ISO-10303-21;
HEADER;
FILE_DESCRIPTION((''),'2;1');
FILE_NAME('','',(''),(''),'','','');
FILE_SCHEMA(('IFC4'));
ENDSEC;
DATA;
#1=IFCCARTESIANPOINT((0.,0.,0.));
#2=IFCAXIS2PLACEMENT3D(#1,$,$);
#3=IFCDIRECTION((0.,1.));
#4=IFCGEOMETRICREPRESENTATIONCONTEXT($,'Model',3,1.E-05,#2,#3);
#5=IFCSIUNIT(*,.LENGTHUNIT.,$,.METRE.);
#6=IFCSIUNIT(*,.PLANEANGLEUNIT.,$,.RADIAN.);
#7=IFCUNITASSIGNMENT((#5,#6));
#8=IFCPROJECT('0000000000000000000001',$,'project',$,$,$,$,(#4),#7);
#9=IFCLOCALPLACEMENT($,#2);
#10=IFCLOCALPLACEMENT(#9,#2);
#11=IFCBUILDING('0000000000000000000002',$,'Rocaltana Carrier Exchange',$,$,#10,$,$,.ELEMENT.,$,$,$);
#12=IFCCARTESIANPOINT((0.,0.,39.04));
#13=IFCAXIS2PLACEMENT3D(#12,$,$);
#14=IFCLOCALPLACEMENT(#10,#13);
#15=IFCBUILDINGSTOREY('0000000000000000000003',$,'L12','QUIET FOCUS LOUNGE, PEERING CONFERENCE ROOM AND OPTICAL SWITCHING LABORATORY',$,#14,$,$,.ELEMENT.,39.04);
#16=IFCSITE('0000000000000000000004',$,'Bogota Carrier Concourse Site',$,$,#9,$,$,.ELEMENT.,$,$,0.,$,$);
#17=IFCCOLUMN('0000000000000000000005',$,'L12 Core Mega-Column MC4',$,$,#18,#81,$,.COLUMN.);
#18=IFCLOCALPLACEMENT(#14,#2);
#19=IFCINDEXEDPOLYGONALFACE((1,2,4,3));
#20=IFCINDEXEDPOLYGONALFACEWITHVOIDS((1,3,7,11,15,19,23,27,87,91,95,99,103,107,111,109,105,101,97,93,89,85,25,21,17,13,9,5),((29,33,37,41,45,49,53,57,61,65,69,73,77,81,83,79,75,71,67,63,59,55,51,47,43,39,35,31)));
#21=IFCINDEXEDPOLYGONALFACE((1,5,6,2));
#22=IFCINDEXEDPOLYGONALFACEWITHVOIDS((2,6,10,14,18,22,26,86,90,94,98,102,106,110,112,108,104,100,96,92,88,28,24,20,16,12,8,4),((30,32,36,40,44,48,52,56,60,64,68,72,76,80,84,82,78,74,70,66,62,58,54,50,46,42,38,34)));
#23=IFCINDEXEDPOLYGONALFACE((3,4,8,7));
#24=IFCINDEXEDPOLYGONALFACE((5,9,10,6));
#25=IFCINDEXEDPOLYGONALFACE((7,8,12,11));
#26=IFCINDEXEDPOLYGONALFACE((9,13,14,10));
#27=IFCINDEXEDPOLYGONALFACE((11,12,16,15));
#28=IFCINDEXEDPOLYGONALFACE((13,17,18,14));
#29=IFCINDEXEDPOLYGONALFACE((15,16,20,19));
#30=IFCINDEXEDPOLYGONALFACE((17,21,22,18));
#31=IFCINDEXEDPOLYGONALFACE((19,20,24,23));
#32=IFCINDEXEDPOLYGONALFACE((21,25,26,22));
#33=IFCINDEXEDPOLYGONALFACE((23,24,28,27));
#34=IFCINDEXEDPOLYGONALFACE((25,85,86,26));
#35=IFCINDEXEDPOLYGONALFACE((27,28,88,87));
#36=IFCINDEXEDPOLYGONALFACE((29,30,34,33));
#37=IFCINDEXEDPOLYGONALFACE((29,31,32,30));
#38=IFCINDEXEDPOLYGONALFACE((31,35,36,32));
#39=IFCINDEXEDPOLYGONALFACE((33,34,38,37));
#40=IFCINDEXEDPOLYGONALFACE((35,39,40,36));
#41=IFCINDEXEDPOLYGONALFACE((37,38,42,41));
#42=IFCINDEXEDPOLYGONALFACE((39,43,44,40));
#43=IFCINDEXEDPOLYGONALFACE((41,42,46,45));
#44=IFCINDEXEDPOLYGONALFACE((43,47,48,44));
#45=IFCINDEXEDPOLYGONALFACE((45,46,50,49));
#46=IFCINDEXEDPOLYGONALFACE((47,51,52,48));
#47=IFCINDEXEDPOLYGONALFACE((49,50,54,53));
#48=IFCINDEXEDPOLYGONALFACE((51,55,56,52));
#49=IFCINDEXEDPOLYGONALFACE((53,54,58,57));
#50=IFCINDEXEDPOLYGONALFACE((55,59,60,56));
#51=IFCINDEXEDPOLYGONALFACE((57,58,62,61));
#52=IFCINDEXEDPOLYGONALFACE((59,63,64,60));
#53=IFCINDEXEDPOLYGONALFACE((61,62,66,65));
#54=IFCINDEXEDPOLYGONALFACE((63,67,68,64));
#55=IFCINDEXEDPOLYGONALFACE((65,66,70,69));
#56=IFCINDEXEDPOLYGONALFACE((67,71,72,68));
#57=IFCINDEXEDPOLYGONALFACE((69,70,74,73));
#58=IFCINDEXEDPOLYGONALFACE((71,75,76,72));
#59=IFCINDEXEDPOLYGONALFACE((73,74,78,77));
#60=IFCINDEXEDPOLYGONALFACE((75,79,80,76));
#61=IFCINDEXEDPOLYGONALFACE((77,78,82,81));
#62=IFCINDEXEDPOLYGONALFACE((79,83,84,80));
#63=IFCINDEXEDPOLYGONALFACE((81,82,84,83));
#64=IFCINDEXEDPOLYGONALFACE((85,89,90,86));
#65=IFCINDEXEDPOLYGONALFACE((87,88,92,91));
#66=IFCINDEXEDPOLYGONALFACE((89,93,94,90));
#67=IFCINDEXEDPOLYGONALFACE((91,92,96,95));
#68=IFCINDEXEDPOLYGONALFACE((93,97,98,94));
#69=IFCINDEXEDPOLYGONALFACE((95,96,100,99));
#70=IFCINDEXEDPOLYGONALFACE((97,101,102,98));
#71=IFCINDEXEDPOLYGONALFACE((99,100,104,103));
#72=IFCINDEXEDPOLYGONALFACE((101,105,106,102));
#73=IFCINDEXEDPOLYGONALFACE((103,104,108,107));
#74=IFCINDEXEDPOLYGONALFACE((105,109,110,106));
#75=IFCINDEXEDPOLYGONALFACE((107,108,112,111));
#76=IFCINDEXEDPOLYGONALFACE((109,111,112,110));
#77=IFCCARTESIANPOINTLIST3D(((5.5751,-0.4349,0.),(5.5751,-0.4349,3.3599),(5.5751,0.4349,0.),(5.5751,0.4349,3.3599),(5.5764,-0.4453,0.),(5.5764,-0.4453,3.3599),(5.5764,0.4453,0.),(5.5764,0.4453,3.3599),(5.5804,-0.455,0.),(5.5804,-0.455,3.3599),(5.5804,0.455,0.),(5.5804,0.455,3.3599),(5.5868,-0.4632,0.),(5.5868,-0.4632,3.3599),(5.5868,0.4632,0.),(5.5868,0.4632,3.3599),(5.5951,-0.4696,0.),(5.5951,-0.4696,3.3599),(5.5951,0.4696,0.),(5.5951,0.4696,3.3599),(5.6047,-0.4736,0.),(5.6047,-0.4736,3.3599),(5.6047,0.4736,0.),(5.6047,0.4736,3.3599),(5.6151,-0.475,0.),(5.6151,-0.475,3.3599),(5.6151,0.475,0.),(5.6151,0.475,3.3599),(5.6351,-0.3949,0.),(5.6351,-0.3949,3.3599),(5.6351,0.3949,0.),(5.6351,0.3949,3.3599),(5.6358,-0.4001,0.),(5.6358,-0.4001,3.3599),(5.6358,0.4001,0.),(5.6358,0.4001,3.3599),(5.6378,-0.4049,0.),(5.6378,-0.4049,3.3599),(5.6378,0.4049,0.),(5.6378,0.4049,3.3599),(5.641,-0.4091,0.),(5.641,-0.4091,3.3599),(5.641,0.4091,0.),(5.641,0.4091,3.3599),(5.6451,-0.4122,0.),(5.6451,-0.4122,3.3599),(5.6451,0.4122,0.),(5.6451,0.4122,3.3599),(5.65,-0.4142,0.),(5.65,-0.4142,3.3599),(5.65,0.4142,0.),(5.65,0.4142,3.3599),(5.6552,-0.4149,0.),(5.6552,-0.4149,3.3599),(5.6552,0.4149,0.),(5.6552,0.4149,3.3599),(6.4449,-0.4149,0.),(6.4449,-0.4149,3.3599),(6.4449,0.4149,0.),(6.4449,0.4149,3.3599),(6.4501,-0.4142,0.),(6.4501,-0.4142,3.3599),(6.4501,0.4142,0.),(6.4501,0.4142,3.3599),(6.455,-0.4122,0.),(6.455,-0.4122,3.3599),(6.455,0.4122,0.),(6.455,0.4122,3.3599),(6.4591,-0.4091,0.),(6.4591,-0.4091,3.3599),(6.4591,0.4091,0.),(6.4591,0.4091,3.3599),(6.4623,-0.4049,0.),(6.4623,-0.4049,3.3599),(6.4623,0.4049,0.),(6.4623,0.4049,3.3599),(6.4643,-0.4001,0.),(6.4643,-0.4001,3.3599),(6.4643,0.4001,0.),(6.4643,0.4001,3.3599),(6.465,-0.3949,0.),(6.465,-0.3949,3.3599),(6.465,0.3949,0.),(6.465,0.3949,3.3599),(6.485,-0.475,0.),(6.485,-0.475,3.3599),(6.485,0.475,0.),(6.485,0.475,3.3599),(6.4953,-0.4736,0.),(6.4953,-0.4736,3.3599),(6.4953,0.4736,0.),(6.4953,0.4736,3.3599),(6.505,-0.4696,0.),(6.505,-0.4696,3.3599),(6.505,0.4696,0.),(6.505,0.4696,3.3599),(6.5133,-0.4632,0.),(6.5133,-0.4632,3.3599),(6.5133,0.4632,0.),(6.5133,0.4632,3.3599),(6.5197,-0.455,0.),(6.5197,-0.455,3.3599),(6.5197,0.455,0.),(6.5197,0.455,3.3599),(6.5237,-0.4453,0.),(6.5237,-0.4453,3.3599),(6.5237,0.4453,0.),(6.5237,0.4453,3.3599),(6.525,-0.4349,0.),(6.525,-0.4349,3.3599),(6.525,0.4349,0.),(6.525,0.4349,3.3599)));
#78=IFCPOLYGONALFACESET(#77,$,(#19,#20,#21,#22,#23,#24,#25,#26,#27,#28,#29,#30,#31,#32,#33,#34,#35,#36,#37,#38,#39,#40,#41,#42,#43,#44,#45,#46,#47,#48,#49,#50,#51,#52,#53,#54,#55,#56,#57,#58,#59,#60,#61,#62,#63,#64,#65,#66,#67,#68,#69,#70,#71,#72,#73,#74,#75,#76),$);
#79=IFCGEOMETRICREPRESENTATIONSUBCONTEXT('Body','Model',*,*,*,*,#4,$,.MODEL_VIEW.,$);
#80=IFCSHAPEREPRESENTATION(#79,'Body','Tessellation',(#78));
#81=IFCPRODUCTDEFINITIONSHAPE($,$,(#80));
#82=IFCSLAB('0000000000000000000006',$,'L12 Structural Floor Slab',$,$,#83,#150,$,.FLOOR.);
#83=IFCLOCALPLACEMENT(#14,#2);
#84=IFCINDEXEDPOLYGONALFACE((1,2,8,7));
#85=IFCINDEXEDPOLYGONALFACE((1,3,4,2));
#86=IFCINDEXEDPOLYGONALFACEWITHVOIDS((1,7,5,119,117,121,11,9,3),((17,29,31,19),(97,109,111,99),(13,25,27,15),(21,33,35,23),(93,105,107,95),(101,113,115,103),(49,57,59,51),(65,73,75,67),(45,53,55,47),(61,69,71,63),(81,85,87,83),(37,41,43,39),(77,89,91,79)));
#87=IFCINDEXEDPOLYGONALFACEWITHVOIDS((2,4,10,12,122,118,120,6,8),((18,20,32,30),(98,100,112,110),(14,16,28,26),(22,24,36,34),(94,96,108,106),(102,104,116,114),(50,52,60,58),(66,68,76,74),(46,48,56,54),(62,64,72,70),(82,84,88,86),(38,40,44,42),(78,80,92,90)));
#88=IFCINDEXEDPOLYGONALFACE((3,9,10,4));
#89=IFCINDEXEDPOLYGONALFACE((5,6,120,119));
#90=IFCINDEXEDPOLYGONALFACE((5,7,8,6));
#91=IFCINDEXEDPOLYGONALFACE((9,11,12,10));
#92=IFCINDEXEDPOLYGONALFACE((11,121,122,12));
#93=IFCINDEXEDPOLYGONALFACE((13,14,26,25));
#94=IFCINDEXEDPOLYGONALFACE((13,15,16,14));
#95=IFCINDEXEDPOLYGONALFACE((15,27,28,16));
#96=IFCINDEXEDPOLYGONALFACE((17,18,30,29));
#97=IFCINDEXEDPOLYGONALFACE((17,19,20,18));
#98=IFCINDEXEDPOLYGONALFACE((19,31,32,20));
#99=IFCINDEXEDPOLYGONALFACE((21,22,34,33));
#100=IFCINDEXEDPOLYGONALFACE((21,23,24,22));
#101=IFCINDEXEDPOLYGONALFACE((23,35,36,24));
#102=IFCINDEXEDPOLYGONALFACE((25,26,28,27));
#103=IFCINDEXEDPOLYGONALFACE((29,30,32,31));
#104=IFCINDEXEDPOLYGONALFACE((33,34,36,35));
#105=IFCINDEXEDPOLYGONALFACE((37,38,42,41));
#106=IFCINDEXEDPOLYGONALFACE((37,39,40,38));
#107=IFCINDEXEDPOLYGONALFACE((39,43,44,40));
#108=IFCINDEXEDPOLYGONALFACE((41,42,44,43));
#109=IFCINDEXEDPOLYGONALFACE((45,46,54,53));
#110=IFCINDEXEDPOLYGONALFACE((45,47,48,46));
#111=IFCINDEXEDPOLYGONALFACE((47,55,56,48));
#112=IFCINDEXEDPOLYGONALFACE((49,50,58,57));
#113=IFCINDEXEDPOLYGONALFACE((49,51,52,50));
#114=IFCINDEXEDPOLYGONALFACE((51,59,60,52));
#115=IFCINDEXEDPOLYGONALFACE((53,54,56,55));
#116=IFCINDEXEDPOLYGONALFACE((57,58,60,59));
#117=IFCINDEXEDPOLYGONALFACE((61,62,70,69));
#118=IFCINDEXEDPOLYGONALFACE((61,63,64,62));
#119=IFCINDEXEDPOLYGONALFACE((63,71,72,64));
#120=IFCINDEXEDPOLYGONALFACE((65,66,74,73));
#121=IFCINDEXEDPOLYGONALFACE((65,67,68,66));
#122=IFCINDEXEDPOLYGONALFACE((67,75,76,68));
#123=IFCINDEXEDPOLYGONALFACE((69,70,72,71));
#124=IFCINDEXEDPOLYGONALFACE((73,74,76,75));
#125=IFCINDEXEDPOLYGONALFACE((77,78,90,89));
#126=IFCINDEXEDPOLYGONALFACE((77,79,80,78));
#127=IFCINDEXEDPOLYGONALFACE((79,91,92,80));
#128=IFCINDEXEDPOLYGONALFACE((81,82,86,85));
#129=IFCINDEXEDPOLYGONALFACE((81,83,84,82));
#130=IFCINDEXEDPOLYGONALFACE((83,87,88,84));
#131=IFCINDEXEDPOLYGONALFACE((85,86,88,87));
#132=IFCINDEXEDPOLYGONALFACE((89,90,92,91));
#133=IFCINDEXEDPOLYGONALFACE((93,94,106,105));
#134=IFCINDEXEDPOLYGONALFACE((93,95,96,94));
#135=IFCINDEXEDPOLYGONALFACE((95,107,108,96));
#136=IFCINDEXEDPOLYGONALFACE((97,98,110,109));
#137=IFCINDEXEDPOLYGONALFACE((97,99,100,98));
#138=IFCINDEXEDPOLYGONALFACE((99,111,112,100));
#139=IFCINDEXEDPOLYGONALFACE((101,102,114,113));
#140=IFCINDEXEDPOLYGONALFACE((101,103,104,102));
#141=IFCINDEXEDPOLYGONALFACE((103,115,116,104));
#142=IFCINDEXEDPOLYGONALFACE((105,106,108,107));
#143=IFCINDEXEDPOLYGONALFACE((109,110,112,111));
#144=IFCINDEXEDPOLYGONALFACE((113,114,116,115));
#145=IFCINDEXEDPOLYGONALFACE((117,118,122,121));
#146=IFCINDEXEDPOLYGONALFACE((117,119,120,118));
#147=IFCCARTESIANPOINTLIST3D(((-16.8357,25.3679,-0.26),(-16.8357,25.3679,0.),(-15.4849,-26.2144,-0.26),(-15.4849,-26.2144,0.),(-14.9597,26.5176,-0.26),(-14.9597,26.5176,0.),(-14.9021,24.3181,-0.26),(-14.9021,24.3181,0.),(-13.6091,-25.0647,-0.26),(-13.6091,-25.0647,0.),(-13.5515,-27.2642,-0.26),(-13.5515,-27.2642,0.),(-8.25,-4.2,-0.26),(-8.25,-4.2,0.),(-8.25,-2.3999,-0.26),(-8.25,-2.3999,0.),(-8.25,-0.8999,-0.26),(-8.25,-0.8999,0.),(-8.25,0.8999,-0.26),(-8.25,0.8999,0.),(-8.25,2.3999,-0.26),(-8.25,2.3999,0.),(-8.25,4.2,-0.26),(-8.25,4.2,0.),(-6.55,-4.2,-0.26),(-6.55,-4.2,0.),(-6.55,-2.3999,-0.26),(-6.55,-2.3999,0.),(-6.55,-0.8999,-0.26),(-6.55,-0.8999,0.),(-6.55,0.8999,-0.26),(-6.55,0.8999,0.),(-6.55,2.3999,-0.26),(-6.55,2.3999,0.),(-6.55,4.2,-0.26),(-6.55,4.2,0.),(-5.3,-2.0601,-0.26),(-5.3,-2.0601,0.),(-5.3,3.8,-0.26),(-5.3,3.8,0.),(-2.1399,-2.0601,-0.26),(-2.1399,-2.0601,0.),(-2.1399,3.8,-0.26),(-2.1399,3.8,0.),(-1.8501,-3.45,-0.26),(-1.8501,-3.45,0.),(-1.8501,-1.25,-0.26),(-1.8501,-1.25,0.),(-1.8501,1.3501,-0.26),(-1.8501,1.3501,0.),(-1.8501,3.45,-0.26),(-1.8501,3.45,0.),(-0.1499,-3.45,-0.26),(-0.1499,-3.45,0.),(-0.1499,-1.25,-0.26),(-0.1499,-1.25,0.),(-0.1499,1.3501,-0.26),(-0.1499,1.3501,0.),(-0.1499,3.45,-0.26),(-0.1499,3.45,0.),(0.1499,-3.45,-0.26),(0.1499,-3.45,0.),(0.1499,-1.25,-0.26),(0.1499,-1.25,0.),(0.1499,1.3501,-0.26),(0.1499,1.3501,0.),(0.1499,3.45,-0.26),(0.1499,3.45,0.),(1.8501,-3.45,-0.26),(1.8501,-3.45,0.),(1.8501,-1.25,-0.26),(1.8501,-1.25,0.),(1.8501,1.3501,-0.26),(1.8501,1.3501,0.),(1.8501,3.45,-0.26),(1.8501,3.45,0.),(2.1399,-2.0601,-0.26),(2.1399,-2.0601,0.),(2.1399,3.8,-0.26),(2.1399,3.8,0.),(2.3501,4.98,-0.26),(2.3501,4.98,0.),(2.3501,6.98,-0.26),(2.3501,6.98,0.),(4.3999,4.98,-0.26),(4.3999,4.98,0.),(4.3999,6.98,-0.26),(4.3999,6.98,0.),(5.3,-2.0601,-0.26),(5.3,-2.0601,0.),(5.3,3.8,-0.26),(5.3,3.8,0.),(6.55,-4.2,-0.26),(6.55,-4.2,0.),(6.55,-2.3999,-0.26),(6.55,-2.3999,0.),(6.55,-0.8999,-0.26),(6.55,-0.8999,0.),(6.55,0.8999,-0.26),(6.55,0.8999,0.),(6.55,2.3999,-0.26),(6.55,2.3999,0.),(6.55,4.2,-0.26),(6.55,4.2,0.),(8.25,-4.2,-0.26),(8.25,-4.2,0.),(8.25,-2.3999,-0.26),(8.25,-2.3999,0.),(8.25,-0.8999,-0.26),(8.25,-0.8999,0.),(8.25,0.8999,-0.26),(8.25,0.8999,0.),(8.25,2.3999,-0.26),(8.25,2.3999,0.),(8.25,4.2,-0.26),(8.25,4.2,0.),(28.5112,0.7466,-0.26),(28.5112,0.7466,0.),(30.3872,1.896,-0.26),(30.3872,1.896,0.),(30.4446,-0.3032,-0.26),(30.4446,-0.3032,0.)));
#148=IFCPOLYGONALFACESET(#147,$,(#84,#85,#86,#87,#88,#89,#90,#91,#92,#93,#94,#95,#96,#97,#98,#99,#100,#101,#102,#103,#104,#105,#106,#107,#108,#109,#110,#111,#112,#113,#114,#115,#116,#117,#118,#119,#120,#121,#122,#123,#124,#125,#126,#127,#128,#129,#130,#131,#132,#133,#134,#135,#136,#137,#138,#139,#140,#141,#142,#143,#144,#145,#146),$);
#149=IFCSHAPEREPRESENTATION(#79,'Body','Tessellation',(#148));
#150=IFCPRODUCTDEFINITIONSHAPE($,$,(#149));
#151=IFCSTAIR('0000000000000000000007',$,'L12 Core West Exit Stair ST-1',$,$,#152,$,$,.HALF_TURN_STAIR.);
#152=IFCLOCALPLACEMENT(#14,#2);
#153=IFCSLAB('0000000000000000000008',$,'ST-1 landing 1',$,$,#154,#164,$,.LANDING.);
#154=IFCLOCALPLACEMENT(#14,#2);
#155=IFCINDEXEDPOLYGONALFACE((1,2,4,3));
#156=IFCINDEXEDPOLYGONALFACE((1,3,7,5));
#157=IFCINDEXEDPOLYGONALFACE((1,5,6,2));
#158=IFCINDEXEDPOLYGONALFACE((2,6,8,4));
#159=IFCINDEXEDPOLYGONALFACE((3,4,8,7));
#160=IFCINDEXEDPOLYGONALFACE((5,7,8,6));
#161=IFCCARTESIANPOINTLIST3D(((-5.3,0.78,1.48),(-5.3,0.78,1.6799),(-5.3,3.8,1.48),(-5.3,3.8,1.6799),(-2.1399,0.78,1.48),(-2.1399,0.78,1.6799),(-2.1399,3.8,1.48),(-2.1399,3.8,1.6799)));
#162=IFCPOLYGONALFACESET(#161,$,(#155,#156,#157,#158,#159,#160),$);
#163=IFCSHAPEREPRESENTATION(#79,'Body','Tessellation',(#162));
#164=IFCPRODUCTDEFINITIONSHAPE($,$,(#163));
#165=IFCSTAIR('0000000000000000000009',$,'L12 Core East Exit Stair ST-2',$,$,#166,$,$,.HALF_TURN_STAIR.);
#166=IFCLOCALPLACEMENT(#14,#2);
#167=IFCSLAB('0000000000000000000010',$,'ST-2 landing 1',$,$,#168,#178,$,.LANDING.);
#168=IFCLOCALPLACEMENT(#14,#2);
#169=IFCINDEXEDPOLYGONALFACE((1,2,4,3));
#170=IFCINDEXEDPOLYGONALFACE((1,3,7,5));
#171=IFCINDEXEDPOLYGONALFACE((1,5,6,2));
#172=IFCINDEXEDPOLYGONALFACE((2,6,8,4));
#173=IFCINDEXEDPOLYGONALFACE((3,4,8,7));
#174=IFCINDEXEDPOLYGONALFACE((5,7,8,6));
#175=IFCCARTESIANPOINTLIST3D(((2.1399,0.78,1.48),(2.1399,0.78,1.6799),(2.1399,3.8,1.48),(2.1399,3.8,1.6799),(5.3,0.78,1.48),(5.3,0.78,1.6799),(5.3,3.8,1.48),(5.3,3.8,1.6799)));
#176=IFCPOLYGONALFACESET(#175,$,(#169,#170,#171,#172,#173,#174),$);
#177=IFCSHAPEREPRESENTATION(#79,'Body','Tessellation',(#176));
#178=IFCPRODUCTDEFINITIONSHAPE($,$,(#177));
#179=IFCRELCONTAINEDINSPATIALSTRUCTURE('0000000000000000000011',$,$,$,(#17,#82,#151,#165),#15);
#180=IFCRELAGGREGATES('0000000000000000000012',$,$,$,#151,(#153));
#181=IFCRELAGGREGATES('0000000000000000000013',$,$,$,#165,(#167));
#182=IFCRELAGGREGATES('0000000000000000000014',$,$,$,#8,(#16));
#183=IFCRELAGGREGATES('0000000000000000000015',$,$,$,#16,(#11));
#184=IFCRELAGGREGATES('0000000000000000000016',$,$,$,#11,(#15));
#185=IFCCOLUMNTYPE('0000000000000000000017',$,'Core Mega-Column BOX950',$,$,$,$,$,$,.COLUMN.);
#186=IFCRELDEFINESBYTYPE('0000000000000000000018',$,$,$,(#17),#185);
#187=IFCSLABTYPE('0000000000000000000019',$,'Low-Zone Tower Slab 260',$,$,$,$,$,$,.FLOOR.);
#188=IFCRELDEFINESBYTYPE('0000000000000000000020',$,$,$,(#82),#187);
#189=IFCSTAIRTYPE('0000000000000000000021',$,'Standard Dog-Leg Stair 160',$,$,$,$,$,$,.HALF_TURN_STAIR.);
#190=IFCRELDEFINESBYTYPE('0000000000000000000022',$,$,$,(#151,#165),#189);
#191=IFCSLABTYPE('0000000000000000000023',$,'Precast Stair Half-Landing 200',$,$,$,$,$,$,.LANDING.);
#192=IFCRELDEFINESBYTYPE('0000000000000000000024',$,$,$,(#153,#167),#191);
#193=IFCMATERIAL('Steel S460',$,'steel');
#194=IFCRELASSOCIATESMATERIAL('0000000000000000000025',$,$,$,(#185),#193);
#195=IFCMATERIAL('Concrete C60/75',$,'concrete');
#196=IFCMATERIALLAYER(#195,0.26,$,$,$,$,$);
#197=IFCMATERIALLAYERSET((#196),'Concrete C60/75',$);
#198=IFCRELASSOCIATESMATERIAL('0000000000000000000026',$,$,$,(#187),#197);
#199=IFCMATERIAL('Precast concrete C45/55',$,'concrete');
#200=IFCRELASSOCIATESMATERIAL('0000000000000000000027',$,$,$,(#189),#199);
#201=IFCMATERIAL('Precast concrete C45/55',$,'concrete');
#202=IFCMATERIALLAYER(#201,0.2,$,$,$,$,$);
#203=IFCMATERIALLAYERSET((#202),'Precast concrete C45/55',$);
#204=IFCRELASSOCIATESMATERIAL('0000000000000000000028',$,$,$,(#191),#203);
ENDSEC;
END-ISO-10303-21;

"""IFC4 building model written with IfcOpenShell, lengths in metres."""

from ifc_helpers import new_model, si_unit, direction, frame, origin, origin_2d, place, context, subcontext, project, spatial, polyline, hollow_rectangle, outline, extrude, material, layer, layer_set, material_profile, profile_set, type_object, element, aggregate, save


model = new_model("IFC4")

# Units and contexts
model_context = context("Model", 3, precision=1e-05, world=origin(), true_north=direction((0.0, 1.0)))
body_context = subcontext(model_context, "Body", "Model", "MODEL_VIEW")
ifc_project = project(units=[si_unit("LENGTHUNIT", "METRE"), si_unit("PLANEANGLEUNIT", "RADIAN")], contexts=[model_context])

# Site, building, storey
site_placement = place(None, origin())
site = spatial("IfcSite", under=ifc_project, at=site_placement, Name="Bogota Carrier Concourse Site", CompositionType="ELEMENT", RefElevation=0.0)
building_placement = place(site_placement, origin())
building = spatial("IfcBuilding", under=site, at=building_placement, Name="Rocaltana Carrier Exchange", CompositionType="ELEMENT")
storey_placement = place(building_placement, frame((0.0, 0.0, 39.04)))
storey = spatial("IfcBuildingStorey", under=building, at=storey_placement, Name="L12", Description="QUIET FOCUS LOUNGE, PEERING CONFERENCE ROOM AND OPTICAL SWITCHING LABORATORY", CompositionType="ELEMENT", Elevation=39.04)

# Column
ifc_material_1 = material(Name="Steel S460", Category="steel")
ifc_material_profile = material_profile(ifc_material_1, hollow_rectangle(XDim=0.95, YDim=0.95, WallThickness=0.0601, InnerFilletRadius=0.02, OuterFilletRadius=0.04, at=origin_2d()), Name="BOX950X950X60")
ifc_profile_set = profile_set([ifc_material_profile], Name="Steel S460")
column_type = type_object("IfcColumnType", Name="Core Mega-Column BOX950", PredefinedType="COLUMN", material=ifc_profile_set)
column_placement = place(storey_placement, frame((6.05, 0.0, 0.0), z_axis=(0.0, 0.0, 1.0), x_axis=(1.0, 0.0, 0.0)))
element("IfcColumn", 1, at=column_placement, inside=storey, type_object=column_type, Name="L12 Core Mega-Column MC4", PredefinedType="COLUMN", context=body_context, shape_type="SweptSolid", body=[
    extrude(hollow_rectangle(XDim=0.95, YDim=0.95, WallThickness=0.0601, InnerFilletRadius=0.02, OuterFilletRadius=0.04, at=origin_2d()), origin(), (0.0, 0.0, 1.0), 3.3599),
])

# Slab
ifc_material_2 = material(Name="Concrete C60/75", Category="concrete")
ifc_layer_1 = layer(ifc_material_2, 0.26)
ifc_layer_set_1 = layer_set([ifc_layer_1], Name="Concrete C60/75")
slab_type_1 = type_object("IfcSlabType", Name="Low-Zone Tower Slab 260", PredefinedType="FLOOR", material=ifc_layer_set_1)
slab_1_placement = place(storey_placement, frame((0.0, 0.0, -0.26)))
element("IfcSlab", 2, at=slab_1_placement, inside=storey, type_object=slab_type_1, Name="L12 Structural Floor Slab", PredefinedType="FLOOR", context=body_context, shape_type="SweptSolid", body=[
    extrude(outline(polyline([(30.4446, -0.3032), (28.5112, 0.7466), (30.3872, 1.896), (-14.9597, 26.5176), (-14.9021, 24.3181), (-16.8357, 25.3679), (-15.4849, -26.2144), (-13.6091, -25.0647), (-13.5515, -27.2642), (30.4446, -0.3032)]), holes=[polyline([(-5.3, -2.0601), (-2.1399, -2.0601), (-2.1399, 3.8), (-5.3, 3.8), (-5.3, -2.0601)]), polyline([(2.1399, -2.0601), (5.3, -2.0601), (5.3, 3.8), (2.1399, 3.8), (2.1399, -2.0601)]), polyline([(-1.8501, -3.45), (-0.1499, -3.45), (-0.1499, -1.25), (-1.8501, -1.25), (-1.8501, -3.45)]), polyline([(0.1499, -3.45), (1.8501, -3.45), (1.8501, -1.25), (0.1499, -1.25), (0.1499, -3.45)]), polyline([(2.3501, 4.98), (4.3999, 4.98), (4.3999, 6.98), (2.3501, 6.98), (2.3501, 4.98)]), polyline([(-1.8501, 1.3501), (-0.1499, 1.3501), (-0.1499, 3.45), (-1.8501, 3.45), (-1.8501, 1.3501)]), polyline([(0.1499, 1.3501), (1.8501, 1.3501), (1.8501, 3.45), (0.1499, 3.45), (0.1499, 1.3501)]), polyline([(-8.25, -4.2), (-6.55, -4.2), (-6.55, -2.3999), (-8.25, -2.3999), (-8.25, -4.2)]), polyline([(-8.25, -0.8999), (-6.55, -0.8999), (-6.55, 0.8999), (-8.25, 0.8999), (-8.25, -0.8999)]), polyline([(-8.25, 2.3999), (-6.55, 2.3999), (-6.55, 4.2), (-8.25, 4.2), (-8.25, 2.3999)]), polyline([(6.55, -4.2), (8.25, -4.2), (8.25, -2.3999), (6.55, -2.3999), (6.55, -4.2)]), polyline([(6.55, -0.8999), (8.25, -0.8999), (8.25, 0.8999), (6.55, 0.8999), (6.55, -0.8999)]), polyline([(6.55, 2.3999), (8.25, 2.3999), (8.25, 4.2), (6.55, 4.2), (6.55, 2.3999)])]), origin(), (0.0, 0.0, 1.0), 0.26),
])

# Stairs, slabs
ifc_material_3 = material(Name="Precast concrete C45/55", Category="concrete")
stair_type = type_object("IfcStairType", Name="Standard Dog-Leg Stair 160", PredefinedType="HALF_TURN_STAIR", material=ifc_material_3)
stair_1_placement = place(storey_placement, origin())
stair_1 = element("IfcStair", 3, at=stair_1_placement, inside=storey, type_object=stair_type, Name="L12 Core West Exit Stair ST-1", PredefinedType="HALF_TURN_STAIR")
ifc_material_4 = material(Name="Precast concrete C45/55", Category="concrete")
ifc_layer_2 = layer(ifc_material_4, 0.2)
ifc_layer_set_2 = layer_set([ifc_layer_2], Name="Precast concrete C45/55")
slab_type_2 = type_object("IfcSlabType", Name="Precast Stair Half-Landing 200", PredefinedType="LANDING", material=ifc_layer_set_2)
slab_2_placement = place(storey_placement, frame((0.0, 0.0, 1.48)))
slab_2 = element("IfcSlab", 4, at=slab_2_placement, type_object=slab_type_2, Name="ST-1 landing 1", PredefinedType="LANDING", context=body_context, shape_type="SweptSolid", body=[
    extrude(outline(polyline([(-2.1399, 0.78), (-2.1399, 3.8), (-5.3, 3.8), (-5.3, 0.78), (-2.1399, 0.78)])), origin(), (0.0, 0.0, 1.0), 0.2),
])
aggregate(stair_1, [slab_2])
stair_2_placement = place(storey_placement, origin())
stair_2 = element("IfcStair", 5, at=stair_2_placement, inside=storey, type_object=stair_type, Name="L12 Core East Exit Stair ST-2", PredefinedType="HALF_TURN_STAIR")
slab_3_placement = place(storey_placement, frame((0.0, 0.0, 1.48)))
slab_3 = element("IfcSlab", 6, at=slab_3_placement, type_object=slab_type_2, Name="ST-2 landing 1", PredefinedType="LANDING", context=body_context, shape_type="SweptSolid", body=[
    extrude(outline(polyline([(5.3, 0.78), (5.3, 3.8), (2.1399, 3.8), (2.1399, 0.78), (5.3, 0.78)])), origin(), (0.0, 0.0, 1.0), 0.2),
])

aggregate(stair_2, [slab_3])

save(model, "model.ifc")
